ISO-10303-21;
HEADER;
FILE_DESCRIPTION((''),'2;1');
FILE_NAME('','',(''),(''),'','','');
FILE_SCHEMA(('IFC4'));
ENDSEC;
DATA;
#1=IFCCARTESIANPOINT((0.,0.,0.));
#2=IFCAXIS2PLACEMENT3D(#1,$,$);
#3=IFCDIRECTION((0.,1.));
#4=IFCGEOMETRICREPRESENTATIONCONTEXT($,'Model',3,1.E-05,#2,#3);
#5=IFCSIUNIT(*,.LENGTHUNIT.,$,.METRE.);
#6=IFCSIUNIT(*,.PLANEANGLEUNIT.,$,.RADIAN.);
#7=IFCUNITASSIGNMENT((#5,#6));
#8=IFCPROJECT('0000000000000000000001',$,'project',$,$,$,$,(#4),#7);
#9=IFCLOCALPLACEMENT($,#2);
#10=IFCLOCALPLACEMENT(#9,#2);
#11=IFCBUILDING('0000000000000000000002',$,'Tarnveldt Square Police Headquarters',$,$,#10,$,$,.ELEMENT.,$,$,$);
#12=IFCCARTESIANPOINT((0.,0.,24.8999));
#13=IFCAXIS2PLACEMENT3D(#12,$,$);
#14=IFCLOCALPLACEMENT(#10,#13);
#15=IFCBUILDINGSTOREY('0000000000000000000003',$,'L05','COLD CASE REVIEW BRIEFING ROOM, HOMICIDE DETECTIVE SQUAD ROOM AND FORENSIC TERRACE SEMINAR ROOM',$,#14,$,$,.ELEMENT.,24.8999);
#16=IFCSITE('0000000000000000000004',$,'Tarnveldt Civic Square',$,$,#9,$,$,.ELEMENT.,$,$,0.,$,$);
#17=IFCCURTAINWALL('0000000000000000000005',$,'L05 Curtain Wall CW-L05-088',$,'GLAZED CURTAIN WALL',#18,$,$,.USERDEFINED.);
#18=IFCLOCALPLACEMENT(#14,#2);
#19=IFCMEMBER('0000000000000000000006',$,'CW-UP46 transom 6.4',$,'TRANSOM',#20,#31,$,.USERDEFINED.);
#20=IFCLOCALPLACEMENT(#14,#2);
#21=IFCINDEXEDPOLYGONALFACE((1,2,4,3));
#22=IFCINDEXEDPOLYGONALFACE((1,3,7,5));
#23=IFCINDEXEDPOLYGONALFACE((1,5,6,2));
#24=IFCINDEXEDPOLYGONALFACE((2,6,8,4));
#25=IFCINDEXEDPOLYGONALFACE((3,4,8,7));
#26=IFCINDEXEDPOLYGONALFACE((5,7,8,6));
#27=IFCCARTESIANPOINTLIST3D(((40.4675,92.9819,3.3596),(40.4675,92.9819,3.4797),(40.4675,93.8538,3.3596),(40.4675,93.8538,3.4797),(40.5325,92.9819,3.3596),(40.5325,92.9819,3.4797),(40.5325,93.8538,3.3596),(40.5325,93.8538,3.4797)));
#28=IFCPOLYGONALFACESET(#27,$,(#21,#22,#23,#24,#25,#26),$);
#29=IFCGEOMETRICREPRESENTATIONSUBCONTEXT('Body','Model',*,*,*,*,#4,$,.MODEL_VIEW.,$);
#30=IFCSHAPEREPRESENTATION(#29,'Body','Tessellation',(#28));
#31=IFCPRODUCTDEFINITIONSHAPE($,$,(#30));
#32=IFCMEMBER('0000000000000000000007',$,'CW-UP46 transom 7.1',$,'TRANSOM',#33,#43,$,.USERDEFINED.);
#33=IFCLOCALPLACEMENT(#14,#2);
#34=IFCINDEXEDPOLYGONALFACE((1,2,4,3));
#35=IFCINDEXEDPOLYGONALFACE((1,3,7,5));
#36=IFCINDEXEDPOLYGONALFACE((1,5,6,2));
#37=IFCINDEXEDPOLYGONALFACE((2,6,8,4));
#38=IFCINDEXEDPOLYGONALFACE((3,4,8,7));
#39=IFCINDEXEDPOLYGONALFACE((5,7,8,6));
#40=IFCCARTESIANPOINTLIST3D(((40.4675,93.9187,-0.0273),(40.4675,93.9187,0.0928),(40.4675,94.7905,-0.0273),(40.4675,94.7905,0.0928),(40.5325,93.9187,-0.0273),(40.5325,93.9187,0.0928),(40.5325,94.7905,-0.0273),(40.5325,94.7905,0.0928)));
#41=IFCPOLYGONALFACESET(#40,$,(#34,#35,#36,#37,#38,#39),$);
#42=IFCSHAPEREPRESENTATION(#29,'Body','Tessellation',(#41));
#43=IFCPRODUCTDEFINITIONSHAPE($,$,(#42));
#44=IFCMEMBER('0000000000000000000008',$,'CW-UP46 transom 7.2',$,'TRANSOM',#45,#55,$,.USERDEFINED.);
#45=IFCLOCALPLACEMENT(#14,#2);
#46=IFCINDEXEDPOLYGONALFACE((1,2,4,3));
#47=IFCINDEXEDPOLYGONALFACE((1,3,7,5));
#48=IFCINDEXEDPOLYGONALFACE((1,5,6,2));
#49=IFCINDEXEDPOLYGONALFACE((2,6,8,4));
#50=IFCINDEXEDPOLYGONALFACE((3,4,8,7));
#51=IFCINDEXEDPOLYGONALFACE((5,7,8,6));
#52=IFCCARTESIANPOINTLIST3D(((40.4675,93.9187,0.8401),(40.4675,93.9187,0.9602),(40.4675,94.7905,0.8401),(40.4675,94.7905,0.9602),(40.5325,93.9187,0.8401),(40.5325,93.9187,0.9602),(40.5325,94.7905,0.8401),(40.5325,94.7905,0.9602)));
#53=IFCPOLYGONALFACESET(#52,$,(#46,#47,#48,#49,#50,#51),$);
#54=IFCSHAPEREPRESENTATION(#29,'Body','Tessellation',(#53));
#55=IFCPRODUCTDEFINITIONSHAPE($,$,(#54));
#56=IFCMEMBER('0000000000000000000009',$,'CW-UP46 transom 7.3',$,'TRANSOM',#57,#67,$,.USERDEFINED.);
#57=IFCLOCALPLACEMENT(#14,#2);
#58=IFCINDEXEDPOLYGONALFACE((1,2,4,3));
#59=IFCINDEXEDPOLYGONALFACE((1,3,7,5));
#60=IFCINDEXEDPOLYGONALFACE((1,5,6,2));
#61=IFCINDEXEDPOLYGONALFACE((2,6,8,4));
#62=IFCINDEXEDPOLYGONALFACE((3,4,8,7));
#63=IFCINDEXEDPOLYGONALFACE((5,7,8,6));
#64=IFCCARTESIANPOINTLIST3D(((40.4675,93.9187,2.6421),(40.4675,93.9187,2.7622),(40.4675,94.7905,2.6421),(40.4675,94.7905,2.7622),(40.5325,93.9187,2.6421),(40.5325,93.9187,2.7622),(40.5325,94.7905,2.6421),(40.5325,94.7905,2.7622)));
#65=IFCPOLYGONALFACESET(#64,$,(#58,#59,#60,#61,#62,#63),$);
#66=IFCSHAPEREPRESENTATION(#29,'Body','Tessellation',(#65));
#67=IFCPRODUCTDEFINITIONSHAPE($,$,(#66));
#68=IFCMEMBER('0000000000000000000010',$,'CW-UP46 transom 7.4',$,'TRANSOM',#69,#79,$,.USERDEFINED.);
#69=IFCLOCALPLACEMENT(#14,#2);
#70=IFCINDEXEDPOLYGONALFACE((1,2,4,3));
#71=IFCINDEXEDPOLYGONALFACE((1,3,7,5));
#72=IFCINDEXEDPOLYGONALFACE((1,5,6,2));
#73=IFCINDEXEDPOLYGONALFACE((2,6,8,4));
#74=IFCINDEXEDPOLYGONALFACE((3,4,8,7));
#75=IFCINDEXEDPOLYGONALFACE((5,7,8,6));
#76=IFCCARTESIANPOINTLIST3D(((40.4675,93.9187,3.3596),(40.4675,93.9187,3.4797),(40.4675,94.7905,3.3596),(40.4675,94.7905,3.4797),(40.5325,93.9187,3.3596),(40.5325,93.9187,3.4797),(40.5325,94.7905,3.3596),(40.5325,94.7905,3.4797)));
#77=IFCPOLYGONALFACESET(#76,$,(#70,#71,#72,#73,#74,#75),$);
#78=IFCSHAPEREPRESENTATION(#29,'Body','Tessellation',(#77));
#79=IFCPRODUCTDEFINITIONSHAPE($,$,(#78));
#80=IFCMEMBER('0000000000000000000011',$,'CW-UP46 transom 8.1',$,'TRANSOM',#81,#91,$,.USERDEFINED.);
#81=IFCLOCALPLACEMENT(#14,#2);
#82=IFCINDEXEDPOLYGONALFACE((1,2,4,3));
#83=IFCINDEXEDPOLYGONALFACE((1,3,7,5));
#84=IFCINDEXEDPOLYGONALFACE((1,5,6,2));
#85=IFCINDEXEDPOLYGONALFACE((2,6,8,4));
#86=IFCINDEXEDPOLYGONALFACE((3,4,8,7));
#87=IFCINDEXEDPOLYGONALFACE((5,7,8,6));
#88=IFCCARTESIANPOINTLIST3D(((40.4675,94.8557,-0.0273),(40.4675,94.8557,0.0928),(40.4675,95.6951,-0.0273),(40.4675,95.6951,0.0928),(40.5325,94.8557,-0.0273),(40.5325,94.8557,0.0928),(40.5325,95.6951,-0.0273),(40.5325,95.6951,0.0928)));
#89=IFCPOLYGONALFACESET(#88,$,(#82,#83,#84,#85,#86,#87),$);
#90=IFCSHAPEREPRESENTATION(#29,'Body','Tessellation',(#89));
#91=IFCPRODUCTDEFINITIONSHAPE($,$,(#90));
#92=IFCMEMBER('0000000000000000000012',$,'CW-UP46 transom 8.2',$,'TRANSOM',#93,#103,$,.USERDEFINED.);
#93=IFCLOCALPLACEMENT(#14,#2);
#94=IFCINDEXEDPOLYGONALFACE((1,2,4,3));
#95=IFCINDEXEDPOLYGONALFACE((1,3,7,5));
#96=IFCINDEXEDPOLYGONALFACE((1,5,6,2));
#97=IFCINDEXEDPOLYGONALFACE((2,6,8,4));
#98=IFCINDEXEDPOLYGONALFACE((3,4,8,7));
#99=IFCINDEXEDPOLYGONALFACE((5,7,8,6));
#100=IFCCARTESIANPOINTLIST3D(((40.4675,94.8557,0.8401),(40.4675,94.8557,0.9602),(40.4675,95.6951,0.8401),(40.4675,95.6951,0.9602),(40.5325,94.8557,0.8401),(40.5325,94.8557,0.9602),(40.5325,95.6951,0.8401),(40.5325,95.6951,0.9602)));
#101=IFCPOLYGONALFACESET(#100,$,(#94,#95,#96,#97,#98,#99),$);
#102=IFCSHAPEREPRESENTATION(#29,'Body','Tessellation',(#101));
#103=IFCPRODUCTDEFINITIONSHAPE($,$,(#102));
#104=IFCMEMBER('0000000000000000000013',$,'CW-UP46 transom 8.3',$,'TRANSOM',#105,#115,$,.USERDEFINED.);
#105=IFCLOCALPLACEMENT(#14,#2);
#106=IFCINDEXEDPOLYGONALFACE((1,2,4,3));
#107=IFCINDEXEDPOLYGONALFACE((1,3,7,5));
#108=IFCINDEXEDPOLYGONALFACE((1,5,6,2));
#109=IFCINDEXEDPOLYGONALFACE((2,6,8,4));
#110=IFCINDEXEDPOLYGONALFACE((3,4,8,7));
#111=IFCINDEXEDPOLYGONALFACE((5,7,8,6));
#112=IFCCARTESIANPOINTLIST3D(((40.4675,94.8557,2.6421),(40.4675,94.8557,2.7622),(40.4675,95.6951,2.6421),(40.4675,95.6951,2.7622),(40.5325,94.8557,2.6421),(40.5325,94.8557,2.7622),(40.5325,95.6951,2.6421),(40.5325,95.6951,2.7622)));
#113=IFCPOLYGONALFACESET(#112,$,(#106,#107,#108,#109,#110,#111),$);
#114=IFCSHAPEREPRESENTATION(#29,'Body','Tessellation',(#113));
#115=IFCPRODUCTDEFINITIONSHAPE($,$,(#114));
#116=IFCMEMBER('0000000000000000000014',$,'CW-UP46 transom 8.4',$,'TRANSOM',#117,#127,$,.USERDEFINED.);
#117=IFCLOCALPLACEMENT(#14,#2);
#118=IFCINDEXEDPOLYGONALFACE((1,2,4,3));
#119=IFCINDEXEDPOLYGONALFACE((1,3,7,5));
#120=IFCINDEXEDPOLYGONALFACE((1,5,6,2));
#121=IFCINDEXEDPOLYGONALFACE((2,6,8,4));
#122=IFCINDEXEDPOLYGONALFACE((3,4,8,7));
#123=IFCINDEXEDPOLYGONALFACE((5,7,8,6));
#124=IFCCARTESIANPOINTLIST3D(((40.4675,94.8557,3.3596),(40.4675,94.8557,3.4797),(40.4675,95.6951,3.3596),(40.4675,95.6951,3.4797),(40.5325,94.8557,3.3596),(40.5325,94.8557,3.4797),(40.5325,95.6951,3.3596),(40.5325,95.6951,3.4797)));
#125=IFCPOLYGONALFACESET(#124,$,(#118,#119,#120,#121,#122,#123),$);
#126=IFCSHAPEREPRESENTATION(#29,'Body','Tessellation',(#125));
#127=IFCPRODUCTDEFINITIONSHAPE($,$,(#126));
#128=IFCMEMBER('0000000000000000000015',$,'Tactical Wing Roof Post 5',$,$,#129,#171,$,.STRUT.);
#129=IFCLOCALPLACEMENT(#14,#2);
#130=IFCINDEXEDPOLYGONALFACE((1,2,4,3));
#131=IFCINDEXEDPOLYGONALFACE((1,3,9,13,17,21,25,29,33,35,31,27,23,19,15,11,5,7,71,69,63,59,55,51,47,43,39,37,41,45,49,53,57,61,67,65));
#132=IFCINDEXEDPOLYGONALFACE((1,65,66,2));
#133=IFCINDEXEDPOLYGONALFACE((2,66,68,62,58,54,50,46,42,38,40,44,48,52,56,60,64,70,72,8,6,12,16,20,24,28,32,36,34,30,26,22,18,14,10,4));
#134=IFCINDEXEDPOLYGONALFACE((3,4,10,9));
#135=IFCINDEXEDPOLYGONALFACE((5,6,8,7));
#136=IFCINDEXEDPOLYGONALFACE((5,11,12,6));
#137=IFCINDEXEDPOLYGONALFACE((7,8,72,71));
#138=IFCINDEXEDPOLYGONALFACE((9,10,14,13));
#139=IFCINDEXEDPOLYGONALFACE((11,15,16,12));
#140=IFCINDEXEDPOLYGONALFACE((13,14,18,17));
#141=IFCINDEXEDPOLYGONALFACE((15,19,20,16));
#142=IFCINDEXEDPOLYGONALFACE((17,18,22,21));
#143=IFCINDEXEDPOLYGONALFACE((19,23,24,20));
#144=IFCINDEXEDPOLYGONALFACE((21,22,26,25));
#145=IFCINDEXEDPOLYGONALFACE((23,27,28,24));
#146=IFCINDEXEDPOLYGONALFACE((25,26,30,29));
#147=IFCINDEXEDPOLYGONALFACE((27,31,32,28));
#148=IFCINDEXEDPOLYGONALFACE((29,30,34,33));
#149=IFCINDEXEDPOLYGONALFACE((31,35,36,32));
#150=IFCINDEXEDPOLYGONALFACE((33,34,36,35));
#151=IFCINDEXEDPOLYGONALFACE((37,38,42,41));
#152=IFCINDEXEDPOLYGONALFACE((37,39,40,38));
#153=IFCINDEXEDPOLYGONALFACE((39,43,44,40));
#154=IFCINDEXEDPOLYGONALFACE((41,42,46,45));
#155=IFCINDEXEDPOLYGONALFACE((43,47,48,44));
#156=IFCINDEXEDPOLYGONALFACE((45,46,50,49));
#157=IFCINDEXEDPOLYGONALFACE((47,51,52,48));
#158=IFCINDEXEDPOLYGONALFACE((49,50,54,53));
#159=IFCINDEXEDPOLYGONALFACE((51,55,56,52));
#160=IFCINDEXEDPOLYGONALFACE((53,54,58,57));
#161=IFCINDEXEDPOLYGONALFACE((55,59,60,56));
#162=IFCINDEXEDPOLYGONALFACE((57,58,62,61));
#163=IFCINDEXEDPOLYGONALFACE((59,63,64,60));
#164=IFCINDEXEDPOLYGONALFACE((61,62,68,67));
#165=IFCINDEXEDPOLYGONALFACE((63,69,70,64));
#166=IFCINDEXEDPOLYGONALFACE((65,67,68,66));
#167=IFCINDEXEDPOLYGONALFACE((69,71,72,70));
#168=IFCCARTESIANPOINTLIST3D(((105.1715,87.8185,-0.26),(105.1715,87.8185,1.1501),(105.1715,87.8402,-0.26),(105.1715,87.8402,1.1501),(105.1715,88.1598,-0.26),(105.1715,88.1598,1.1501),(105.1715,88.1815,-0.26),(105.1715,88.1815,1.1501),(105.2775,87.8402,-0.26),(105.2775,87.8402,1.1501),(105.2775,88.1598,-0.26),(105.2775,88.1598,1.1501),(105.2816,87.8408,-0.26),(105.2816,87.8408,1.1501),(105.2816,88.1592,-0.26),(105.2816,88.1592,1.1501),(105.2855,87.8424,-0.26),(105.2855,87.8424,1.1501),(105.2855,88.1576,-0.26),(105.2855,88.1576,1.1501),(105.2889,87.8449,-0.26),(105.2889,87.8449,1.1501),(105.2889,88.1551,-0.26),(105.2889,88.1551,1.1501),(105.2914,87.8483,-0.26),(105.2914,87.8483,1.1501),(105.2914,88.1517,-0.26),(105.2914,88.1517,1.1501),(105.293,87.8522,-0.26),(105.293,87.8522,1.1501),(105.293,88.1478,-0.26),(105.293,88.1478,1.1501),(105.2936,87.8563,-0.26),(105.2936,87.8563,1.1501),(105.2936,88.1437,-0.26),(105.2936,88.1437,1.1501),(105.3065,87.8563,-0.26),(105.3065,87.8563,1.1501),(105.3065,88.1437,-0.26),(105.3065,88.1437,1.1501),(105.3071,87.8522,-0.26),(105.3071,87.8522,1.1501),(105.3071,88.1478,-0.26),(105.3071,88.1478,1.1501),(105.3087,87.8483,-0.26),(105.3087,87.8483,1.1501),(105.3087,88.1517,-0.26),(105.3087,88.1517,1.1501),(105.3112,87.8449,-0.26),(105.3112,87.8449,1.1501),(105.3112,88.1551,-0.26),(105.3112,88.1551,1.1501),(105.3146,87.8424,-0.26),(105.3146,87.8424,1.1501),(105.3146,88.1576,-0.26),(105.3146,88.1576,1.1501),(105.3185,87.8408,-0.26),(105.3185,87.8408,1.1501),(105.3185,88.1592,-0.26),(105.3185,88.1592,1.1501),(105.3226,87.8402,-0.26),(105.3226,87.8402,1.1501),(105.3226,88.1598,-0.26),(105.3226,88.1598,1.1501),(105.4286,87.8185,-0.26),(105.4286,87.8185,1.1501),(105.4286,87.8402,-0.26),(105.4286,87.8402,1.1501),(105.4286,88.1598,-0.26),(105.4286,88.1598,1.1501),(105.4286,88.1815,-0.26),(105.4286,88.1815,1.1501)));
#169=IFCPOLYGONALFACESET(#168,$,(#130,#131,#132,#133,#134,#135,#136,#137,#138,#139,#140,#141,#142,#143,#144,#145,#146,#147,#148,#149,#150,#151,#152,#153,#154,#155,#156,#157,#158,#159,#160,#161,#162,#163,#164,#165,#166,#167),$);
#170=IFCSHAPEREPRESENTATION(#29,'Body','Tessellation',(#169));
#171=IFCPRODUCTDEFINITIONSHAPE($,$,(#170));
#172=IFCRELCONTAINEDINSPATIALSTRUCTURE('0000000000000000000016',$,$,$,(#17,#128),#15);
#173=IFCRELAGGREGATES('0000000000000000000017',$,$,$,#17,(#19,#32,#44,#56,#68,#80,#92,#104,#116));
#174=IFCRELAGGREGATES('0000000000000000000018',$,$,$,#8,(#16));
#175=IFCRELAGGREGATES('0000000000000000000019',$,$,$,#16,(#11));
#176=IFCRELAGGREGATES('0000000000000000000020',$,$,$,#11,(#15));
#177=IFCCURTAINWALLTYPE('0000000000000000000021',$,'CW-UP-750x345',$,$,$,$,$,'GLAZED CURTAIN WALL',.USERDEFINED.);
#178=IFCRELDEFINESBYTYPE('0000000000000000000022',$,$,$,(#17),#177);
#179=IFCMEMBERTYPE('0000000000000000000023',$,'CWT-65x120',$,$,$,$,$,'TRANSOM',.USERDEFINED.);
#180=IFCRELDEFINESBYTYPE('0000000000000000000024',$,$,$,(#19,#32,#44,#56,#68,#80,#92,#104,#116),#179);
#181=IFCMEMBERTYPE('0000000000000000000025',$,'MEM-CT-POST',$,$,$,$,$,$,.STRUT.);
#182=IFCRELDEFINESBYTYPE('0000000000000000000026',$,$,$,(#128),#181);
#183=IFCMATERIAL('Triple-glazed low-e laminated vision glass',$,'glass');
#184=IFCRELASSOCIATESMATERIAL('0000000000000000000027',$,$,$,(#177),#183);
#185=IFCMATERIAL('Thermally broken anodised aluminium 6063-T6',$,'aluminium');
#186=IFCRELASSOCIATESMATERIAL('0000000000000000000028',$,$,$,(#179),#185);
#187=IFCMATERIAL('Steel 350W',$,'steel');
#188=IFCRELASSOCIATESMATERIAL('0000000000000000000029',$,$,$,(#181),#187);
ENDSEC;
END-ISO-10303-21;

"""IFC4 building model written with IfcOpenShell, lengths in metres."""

from ifc_helpers import new_model, si_unit, direction, frame, origin, origin_2d, place, context, subcontext, project, spatial, rectangle, i_section, extrude, material, material_profile, profile_set, type_object, element, aggregate, save


model = new_model("IFC4")

# Units and contexts
model_context = context("Model", 3, precision=1e-05, world=origin(), true_north=direction((0.0, 1.0)))
body_context = subcontext(model_context, "Body", "Model", "MODEL_VIEW")
ifc_project = project(units=[si_unit("LENGTHUNIT", "METRE"), si_unit("PLANEANGLEUNIT", "RADIAN")], contexts=[model_context])

# Site, building, storey
site_placement = place(None, origin())
site = spatial("IfcSite", under=ifc_project, at=site_placement, Name="Tarnveldt Civic Square", CompositionType="ELEMENT", RefElevation=0.0)
building_placement = place(site_placement, origin())
building = spatial("IfcBuilding", under=site, at=building_placement, Name="Tarnveldt Square Police Headquarters", CompositionType="ELEMENT")
storey_placement = place(building_placement, frame((0.0, 0.0, 24.8999)))
storey = spatial("IfcBuildingStorey", under=building, at=storey_placement, Name="L05", Description="COLD CASE REVIEW BRIEFING ROOM, HOMICIDE DETECTIVE SQUAD ROOM AND FORENSIC TERRACE SEMINAR ROOM", CompositionType="ELEMENT", Elevation=24.8999)

# Shared definitions
ifc_material_1 = material(Name="Steel 350W", Category="steel")

# Curtain wall, members
ifc_material_2 = material(Name="Triple-glazed low-e laminated vision glass", Category="glass")
curtain_wall_type = type_object("IfcCurtainWallType", Name="CW-UP-750x345", ElementType="GLAZED CURTAIN WALL", PredefinedType="USERDEFINED", material=ifc_material_2)
curtain_wall_placement = place(storey_placement, origin())
curtain_wall = element("IfcCurtainWall", 1, at=curtain_wall_placement, inside=storey, type_object=curtain_wall_type, Name="L05 Curtain Wall CW-L05-088", ObjectType="GLAZED CURTAIN WALL", PredefinedType="USERDEFINED")
ifc_material_3 = material(Name="Thermally broken anodised aluminium 6063-T6", Category="aluminium")
ifc_material_profile_1 = material_profile(ifc_material_3, rectangle(XDim=0.0649, YDim=0.1201, at=origin_2d()), Name="CW-T65x120")
ifc_profile_set_1 = profile_set([ifc_material_profile_1], Name="Thermally broken anodised aluminium 6063-T6")
member_type_1 = type_object("IfcMemberType", Name="CWT-65x120", ElementType="TRANSOM", PredefinedType="USERDEFINED", material=ifc_profile_set_1)
member_1_placement = place(storey_placement, frame((40.5, 92.9819, 3.4197), z_axis=(0.0, 1.0, 0.0), x_axis=(-1.0, 0.0, 0.0)))
member_1 = element("IfcMember", 2, at=member_1_placement, type_object=member_type_1, Name="CW-UP46 transom 6.4", ObjectType="TRANSOM", PredefinedType="USERDEFINED", context=body_context, shape_type="SweptSolid", body=[
    extrude(rectangle(XDim=0.0649, YDim=0.1201, at=origin_2d()), origin(), (0.0, 0.0, 1.0), 0.8718),
])
member_2_placement = place(storey_placement, frame((40.5, 93.9187, 0.0327), z_axis=(0.0, 1.0, 0.0), x_axis=(-1.0, 0.0, 0.0)))
member_2 = element("IfcMember", 3, at=member_2_placement, type_object=member_type_1, Name="CW-UP46 transom 7.1", ObjectType="TRANSOM", PredefinedType="USERDEFINED", context=body_context, shape_type="SweptSolid", body=[
    extrude(rectangle(XDim=0.0649, YDim=0.1201, at=origin_2d()), origin(), (0.0, 0.0, 1.0), 0.8718),
])
member_3_placement = place(storey_placement, frame((40.5, 93.9187, 0.9001), z_axis=(0.0, 1.0, 0.0), x_axis=(-1.0, 0.0, 0.0)))
member_3 = element("IfcMember", 4, at=member_3_placement, type_object=member_type_1, Name="CW-UP46 transom 7.2", ObjectType="TRANSOM", PredefinedType="USERDEFINED", context=body_context, shape_type="SweptSolid", body=[
    extrude(rectangle(XDim=0.0649, YDim=0.1201, at=origin_2d()), origin(), (0.0, 0.0, 1.0), 0.8718),
])
member_4_placement = place(storey_placement, frame((40.5, 93.9187, 2.7021), z_axis=(0.0, 1.0, 0.0), x_axis=(-1.0, 0.0, 0.0)))
member_4 = element("IfcMember", 5, at=member_4_placement, type_object=member_type_1, Name="CW-UP46 transom 7.3", ObjectType="TRANSOM", PredefinedType="USERDEFINED", context=body_context, shape_type="SweptSolid", body=[
    extrude(rectangle(XDim=0.0649, YDim=0.1201, at=origin_2d()), origin(), (0.0, 0.0, 1.0), 0.8718),
])
member_5_placement = place(storey_placement, frame((40.5, 93.9187, 3.4197), z_axis=(0.0, 1.0, 0.0), x_axis=(-1.0, 0.0, 0.0)))
member_5 = element("IfcMember", 6, at=member_5_placement, type_object=member_type_1, Name="CW-UP46 transom 7.4", ObjectType="TRANSOM", PredefinedType="USERDEFINED", context=body_context, shape_type="SweptSolid", body=[
    extrude(rectangle(XDim=0.0649, YDim=0.1201, at=origin_2d()), origin(), (0.0, 0.0, 1.0), 0.8718),
])
member_6_placement = place(storey_placement, frame((40.5, 94.8557, 0.0327), z_axis=(0.0, 1.0, 0.0), x_axis=(-1.0, 0.0, 0.0)))
member_6 = element("IfcMember", 7, at=member_6_placement, type_object=member_type_1, Name="CW-UP46 transom 8.1", ObjectType="TRANSOM", PredefinedType="USERDEFINED", context=body_context, shape_type="SweptSolid", body=[
    extrude(rectangle(XDim=0.0649, YDim=0.1201, at=origin_2d()), origin(), (0.0, 0.0, 1.0), 0.8394),
])
member_7_placement = place(storey_placement, frame((40.5, 94.8557, 0.9001), z_axis=(0.0, 1.0, 0.0), x_axis=(-1.0, 0.0, 0.0)))
member_7 = element("IfcMember", 8, at=member_7_placement, type_object=member_type_1, Name="CW-UP46 transom 8.2", ObjectType="TRANSOM", PredefinedType="USERDEFINED", context=body_context, shape_type="SweptSolid", body=[
    extrude(rectangle(XDim=0.0649, YDim=0.1201, at=origin_2d()), origin(), (0.0, 0.0, 1.0), 0.8394),
])
member_8_placement = place(storey_placement, frame((40.5, 94.8557, 2.7021), z_axis=(0.0, 1.0, 0.0), x_axis=(-1.0, 0.0, 0.0)))
member_8 = element("IfcMember", 9, at=member_8_placement, type_object=member_type_1, Name="CW-UP46 transom 8.3", ObjectType="TRANSOM", PredefinedType="USERDEFINED", context=body_context, shape_type="SweptSolid", body=[
    extrude(rectangle(XDim=0.0649, YDim=0.1201, at=origin_2d()), origin(), (0.0, 0.0, 1.0), 0.8394),
])
member_9_placement = place(storey_placement, frame((40.5, 94.8557, 3.4197), z_axis=(0.0, 1.0, 0.0), x_axis=(-1.0, 0.0, 0.0)))
member_9 = element("IfcMember", 10, at=member_9_placement, type_object=member_type_1, Name="CW-UP46 transom 8.4", ObjectType="TRANSOM", PredefinedType="USERDEFINED", context=body_context, shape_type="SweptSolid", body=[
    extrude(rectangle(XDim=0.0649, YDim=0.1201, at=origin_2d()), origin(), (0.0, 0.0, 1.0), 0.8394),
])

# Member
ifc_material_profile_2 = material_profile(ifc_material_1, i_section(OverallWidth=0.2571, OverallDepth=0.363, WebThickness=0.0129, FlangeThickness=0.0217, FilletRadius=0.0161, at=origin_2d()), Name="W360x122")
ifc_profile_set_2 = profile_set([ifc_material_profile_2], Name="Steel 350W")
member_type_2 = type_object("IfcMemberType", Name="MEM-CT-POST", PredefinedType="STRUT", material=ifc_profile_set_2)
member_10_placement = place(storey_placement, frame((105.3, 88.0, -0.26), z_axis=(0.0, 0.0, 1.0), x_axis=(1.0, 0.0, 0.0)))
element("IfcMember", 11, at=member_10_placement, inside=storey, type_object=member_type_2, Name="Tactical Wing Roof Post 5", PredefinedType="STRUT", context=body_context, shape_type="SweptSolid", body=[
    extrude(i_section(OverallWidth=0.2571, OverallDepth=0.363, WebThickness=0.0129, FlangeThickness=0.0217, FilletRadius=0.0161, at=origin_2d()), origin(), (0.0, 0.0, 1.0), 1.4102),
])

aggregate(curtain_wall, [member_1, member_2, member_3, member_4, member_5, member_6, member_7, member_8, member_9])

save(model, "model.ifc")
